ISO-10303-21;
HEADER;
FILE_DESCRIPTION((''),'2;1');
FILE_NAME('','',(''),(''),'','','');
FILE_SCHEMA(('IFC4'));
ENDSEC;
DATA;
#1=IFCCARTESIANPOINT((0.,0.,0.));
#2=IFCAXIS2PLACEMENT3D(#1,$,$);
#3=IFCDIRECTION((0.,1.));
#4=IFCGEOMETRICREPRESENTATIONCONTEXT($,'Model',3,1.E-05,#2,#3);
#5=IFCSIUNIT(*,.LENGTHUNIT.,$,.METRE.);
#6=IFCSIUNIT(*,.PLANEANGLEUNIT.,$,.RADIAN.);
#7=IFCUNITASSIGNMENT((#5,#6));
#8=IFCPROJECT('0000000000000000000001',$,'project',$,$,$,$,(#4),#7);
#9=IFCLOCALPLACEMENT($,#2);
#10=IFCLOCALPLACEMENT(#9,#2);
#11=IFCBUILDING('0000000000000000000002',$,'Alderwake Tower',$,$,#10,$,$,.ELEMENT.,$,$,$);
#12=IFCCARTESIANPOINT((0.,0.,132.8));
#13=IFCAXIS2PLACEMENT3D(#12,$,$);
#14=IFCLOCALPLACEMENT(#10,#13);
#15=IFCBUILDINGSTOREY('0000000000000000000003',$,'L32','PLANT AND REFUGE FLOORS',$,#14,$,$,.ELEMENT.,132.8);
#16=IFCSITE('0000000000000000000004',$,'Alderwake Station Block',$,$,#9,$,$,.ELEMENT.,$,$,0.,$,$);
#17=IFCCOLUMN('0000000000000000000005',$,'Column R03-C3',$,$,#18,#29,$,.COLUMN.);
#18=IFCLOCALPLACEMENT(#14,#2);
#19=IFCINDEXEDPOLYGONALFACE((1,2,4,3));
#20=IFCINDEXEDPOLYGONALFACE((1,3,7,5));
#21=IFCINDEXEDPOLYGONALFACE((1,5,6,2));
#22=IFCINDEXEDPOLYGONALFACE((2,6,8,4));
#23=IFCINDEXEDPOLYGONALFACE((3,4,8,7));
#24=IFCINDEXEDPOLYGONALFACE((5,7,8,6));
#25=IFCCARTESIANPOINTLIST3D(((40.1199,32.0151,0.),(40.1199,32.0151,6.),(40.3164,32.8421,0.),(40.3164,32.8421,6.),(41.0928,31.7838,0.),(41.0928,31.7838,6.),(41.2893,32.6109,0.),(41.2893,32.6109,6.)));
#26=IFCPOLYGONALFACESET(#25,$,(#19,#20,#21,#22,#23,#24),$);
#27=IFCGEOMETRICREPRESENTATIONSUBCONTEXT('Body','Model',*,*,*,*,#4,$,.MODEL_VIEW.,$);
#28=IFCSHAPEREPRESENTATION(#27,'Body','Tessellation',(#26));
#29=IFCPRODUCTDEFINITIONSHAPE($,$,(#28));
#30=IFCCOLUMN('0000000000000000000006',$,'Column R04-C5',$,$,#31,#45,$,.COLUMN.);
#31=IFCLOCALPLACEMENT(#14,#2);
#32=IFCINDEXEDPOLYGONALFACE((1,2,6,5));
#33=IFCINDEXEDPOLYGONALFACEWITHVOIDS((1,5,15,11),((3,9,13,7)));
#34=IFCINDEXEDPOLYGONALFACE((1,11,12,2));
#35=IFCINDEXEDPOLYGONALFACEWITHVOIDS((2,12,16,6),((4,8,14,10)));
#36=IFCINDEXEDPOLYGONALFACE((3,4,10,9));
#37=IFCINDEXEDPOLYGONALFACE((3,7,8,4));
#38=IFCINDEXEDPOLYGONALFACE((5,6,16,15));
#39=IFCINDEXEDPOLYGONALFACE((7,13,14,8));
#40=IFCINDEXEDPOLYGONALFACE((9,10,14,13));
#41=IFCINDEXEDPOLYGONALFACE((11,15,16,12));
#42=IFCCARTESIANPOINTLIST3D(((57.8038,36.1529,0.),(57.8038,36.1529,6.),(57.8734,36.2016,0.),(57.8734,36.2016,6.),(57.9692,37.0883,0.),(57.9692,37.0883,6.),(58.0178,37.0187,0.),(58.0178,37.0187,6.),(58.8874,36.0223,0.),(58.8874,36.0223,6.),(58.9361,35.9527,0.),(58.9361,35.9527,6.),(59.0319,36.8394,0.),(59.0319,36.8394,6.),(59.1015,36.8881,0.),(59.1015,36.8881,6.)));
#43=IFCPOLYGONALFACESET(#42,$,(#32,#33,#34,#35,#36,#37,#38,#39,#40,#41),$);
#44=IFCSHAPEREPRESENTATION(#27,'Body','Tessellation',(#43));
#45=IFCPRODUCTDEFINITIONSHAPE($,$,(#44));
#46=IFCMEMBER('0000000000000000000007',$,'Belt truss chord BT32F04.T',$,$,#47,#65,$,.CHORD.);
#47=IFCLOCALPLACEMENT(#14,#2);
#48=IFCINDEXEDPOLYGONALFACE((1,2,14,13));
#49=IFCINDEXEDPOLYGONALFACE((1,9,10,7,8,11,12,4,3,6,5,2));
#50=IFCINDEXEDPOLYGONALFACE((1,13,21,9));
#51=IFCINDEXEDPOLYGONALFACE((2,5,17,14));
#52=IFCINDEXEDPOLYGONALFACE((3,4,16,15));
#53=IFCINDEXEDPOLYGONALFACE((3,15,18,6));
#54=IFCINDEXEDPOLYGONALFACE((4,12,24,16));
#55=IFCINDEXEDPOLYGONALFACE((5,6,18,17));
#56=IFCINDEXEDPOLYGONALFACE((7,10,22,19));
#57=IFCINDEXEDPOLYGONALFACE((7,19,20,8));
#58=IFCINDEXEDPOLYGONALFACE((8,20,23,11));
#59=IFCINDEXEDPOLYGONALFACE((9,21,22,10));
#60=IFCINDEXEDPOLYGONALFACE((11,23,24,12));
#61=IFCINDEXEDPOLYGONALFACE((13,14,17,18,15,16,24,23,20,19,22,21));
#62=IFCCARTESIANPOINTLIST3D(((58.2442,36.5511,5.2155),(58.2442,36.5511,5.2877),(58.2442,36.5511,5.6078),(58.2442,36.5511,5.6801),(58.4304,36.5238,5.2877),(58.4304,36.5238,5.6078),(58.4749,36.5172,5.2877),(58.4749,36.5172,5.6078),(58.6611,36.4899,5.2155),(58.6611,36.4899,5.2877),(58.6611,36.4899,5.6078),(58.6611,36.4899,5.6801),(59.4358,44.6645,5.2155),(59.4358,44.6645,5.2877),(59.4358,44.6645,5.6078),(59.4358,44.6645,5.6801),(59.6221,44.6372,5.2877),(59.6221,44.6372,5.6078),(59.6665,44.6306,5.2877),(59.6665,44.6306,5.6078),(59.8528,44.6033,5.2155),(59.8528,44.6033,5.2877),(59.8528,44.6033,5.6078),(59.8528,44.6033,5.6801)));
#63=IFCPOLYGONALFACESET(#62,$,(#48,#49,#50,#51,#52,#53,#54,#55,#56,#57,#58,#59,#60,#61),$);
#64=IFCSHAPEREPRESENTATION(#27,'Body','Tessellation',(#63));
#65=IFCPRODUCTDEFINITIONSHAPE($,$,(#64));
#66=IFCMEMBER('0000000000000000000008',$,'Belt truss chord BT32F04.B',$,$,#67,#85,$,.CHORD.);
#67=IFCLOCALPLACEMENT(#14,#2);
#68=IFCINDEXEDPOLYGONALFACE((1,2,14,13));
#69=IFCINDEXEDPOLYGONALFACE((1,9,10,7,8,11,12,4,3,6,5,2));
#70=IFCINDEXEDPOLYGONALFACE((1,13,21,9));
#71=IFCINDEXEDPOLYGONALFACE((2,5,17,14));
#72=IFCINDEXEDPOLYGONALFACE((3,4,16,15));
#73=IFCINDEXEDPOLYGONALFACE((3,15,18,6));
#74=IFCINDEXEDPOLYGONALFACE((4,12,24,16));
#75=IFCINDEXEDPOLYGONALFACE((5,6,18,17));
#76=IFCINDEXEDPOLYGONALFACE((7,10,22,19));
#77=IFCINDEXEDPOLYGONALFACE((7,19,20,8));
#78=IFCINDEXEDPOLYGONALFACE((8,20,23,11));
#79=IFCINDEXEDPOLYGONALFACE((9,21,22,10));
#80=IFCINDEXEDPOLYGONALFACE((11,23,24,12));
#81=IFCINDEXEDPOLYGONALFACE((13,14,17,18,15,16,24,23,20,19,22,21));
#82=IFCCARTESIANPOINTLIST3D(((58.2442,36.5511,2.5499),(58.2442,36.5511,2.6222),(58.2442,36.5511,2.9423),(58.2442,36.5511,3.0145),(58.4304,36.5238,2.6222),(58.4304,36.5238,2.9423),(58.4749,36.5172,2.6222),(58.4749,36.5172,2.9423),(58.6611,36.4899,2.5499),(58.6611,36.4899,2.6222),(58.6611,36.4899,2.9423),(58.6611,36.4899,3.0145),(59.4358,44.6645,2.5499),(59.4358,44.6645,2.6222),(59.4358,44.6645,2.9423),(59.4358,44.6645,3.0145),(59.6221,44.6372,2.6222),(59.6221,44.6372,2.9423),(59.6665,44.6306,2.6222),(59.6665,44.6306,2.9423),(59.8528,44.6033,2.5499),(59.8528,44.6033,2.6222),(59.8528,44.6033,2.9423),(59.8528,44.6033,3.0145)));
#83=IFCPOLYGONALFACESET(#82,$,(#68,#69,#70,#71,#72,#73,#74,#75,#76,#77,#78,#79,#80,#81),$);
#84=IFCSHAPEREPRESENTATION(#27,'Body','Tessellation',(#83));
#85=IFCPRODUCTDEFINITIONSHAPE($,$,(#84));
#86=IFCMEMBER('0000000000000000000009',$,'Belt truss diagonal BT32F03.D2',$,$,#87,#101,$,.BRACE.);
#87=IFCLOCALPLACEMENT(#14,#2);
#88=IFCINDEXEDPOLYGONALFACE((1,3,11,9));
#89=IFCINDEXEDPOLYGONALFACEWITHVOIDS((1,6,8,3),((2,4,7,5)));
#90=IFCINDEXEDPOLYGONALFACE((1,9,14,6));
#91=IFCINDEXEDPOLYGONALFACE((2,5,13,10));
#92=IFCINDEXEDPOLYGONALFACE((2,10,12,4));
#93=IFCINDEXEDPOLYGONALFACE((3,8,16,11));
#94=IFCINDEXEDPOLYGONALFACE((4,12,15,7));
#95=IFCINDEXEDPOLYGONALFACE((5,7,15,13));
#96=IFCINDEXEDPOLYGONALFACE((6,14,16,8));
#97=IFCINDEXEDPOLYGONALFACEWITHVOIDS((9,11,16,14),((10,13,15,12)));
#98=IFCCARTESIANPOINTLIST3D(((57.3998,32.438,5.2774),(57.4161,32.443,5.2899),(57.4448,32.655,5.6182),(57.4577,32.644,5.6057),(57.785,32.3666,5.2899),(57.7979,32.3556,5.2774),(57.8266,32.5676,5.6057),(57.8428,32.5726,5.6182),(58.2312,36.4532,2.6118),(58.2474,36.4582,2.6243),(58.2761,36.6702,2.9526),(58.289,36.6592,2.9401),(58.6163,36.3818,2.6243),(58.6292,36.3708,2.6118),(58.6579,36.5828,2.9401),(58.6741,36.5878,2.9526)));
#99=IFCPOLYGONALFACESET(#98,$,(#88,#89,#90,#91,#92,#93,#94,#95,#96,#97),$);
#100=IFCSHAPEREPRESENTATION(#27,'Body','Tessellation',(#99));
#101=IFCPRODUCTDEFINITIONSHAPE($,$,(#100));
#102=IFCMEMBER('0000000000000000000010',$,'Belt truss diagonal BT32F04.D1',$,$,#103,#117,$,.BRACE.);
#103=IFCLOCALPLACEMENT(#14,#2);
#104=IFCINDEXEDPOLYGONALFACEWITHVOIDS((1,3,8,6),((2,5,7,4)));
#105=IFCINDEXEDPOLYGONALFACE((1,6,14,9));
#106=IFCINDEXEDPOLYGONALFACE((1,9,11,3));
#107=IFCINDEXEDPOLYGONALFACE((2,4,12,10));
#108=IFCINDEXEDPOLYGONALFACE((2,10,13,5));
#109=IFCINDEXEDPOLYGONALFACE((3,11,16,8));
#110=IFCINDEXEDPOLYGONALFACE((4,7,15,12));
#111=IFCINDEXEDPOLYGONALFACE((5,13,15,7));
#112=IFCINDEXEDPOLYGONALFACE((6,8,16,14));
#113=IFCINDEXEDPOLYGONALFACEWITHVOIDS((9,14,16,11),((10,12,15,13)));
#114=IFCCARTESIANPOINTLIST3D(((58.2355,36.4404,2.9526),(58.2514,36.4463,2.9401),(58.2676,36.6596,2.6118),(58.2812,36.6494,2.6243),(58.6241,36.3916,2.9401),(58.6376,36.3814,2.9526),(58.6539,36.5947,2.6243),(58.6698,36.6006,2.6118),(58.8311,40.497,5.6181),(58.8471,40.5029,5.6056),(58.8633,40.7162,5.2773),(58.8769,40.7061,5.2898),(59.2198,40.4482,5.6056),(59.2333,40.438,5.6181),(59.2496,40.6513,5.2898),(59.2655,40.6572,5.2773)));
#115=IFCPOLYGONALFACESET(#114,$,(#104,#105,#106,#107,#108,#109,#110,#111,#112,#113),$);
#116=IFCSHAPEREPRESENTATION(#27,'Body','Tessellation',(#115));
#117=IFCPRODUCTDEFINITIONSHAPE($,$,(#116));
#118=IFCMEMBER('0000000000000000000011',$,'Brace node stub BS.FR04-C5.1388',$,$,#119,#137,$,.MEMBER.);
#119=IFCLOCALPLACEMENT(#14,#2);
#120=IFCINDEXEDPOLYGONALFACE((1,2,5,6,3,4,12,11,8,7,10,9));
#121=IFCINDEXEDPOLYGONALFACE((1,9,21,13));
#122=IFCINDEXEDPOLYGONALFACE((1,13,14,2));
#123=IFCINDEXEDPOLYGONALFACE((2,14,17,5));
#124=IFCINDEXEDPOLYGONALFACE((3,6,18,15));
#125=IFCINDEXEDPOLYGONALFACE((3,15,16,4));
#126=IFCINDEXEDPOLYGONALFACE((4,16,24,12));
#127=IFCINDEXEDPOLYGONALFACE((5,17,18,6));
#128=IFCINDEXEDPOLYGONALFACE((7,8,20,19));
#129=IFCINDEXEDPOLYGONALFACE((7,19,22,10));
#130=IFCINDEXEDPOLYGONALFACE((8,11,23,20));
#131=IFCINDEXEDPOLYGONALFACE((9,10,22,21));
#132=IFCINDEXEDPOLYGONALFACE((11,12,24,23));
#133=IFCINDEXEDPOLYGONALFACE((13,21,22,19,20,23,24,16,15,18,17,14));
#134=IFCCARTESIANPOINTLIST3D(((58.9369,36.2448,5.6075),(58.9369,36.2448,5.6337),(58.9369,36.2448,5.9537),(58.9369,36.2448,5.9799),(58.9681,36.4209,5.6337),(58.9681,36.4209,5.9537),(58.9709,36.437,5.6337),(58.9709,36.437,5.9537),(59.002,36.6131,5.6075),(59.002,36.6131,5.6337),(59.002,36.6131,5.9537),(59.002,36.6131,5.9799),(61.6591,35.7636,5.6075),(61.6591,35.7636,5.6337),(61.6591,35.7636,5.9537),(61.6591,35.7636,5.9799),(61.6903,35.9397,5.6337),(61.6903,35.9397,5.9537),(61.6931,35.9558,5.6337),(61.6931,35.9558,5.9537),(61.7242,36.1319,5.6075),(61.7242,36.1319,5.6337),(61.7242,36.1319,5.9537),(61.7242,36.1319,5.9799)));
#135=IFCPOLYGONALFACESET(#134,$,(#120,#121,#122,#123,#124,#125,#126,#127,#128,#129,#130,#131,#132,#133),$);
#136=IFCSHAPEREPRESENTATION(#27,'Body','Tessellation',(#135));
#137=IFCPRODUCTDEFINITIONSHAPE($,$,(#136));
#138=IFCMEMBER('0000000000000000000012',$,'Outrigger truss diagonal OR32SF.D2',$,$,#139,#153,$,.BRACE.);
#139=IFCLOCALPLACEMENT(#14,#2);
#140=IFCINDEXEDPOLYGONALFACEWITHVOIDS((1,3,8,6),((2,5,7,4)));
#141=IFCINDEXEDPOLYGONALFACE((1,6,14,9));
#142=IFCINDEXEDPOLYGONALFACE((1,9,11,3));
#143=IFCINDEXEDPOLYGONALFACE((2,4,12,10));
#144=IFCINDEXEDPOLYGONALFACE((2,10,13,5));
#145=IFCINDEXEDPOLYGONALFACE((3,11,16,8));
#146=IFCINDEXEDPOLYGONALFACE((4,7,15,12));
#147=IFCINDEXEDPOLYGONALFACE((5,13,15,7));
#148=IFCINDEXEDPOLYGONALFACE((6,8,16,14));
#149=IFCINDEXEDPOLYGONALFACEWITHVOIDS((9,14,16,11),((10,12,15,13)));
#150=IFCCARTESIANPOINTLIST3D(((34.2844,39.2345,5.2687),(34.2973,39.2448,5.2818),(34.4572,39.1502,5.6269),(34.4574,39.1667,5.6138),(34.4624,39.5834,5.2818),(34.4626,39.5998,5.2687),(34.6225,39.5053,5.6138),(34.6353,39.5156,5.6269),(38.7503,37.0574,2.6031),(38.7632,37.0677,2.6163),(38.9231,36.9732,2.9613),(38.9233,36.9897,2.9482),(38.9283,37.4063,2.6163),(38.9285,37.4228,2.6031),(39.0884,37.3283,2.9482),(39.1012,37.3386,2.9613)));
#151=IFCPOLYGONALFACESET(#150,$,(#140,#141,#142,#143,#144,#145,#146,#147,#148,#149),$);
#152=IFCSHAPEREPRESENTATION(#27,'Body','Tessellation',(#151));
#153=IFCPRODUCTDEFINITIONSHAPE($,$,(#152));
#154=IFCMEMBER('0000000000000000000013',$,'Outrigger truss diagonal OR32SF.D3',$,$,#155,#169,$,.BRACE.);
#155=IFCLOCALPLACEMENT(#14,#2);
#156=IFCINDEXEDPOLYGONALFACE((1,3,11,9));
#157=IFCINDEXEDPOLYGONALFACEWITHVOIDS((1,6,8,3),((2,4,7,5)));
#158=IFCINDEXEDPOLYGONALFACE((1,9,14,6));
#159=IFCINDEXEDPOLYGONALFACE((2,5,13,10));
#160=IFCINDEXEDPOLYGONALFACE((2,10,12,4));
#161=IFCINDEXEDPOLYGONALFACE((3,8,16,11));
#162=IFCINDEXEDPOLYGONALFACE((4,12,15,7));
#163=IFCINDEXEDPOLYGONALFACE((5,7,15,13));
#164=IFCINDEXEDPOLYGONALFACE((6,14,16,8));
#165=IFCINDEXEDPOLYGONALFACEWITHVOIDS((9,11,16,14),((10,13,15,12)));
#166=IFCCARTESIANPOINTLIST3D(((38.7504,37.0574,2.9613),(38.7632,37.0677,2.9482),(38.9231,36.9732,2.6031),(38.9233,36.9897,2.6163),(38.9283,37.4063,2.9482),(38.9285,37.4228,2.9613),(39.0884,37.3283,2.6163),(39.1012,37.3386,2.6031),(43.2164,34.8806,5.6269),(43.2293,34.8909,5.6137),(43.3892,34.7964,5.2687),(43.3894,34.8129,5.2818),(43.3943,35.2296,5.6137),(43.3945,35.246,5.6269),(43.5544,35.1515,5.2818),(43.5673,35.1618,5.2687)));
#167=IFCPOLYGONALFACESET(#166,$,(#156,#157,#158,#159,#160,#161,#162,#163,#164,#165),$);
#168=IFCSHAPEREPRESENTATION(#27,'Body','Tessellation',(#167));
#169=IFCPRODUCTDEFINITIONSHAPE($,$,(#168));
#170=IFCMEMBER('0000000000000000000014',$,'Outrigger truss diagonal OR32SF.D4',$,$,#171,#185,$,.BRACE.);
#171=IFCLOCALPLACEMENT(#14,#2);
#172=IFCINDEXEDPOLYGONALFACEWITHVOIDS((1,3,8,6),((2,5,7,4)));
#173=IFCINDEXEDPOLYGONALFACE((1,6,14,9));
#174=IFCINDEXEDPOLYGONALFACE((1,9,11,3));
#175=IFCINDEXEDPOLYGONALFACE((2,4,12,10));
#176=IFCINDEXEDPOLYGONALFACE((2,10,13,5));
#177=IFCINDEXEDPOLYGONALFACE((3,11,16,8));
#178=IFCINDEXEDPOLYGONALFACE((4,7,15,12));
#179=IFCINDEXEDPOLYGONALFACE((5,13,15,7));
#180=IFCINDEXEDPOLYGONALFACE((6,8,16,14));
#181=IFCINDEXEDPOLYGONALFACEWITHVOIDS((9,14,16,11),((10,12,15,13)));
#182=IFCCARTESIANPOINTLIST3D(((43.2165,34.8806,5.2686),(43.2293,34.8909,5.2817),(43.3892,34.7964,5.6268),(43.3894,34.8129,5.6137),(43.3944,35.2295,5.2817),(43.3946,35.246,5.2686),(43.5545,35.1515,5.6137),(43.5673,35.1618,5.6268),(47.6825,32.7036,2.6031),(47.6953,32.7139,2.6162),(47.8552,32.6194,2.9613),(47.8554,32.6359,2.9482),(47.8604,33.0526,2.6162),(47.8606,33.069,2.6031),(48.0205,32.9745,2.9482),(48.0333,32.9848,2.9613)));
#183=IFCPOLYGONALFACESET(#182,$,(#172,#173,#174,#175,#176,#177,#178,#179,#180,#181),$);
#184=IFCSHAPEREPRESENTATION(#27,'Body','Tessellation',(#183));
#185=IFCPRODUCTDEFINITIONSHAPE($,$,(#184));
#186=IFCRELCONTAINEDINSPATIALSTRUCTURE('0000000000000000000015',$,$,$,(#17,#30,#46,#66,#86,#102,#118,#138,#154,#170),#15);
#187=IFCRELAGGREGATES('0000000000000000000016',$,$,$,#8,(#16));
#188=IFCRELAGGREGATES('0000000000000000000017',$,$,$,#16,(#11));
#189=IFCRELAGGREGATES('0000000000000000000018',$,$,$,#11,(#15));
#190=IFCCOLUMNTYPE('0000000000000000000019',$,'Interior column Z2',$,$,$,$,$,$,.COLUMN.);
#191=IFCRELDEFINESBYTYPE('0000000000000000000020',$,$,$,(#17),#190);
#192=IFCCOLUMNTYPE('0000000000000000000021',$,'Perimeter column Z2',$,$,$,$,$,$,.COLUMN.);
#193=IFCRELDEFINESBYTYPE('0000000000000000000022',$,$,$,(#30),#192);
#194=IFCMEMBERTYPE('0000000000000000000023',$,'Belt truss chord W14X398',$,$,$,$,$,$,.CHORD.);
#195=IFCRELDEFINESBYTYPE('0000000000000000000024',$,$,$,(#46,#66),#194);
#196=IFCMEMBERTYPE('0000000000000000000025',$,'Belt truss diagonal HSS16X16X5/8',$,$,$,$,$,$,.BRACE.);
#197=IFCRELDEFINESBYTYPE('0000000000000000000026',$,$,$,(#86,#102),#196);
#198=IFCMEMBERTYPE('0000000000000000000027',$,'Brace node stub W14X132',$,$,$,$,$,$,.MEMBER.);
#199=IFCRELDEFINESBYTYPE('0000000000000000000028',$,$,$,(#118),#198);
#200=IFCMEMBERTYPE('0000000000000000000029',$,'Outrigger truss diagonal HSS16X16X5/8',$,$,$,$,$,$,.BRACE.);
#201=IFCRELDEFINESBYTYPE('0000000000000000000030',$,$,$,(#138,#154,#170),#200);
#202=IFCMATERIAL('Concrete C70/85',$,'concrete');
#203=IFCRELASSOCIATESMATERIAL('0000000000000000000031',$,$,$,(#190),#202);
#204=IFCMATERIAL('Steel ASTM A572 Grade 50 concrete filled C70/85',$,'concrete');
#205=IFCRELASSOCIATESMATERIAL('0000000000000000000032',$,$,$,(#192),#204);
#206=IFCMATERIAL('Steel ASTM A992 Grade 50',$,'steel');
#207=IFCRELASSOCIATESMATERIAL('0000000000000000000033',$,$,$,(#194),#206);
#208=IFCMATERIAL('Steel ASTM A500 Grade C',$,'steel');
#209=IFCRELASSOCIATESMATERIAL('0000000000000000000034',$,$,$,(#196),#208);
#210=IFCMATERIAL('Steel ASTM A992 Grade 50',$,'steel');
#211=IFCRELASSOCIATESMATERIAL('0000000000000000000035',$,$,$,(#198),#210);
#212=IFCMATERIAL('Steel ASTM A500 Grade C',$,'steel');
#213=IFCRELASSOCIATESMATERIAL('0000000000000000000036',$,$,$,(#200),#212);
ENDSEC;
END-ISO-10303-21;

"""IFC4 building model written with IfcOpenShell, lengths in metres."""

from ifc_helpers import new_model, si_unit, direction, frame, origin, origin_2d, place, context, subcontext, project, spatial, rectangle, hollow_rectangle, i_section, extrude, material, material_profile, profile_set, type_object, element, save


model = new_model("IFC4")

# Units and contexts
model_context = context("Model", 3, precision=1e-05, world=origin(), true_north=direction((0.0, 1.0)))
body_context = subcontext(model_context, "Body", "Model", "MODEL_VIEW")
ifc_project = project(units=[si_unit("LENGTHUNIT", "METRE"), si_unit("PLANEANGLEUNIT", "RADIAN")], contexts=[model_context])

# Site, building, storey
site_placement = place(None, origin())
site = spatial("IfcSite", under=ifc_project, at=site_placement, Name="Alderwake Station Block", CompositionType="ELEMENT", RefElevation=0.0)
building_placement = place(site_placement, origin())
building = spatial("IfcBuilding", under=site, at=building_placement, Name="Alderwake Tower", CompositionType="ELEMENT")
storey_placement = place(building_placement, frame((0.0, 0.0, 132.8)))
storey = spatial("IfcBuildingStorey", under=building, at=storey_placement, Name="L32", Description="PLANT AND REFUGE FLOORS", CompositionType="ELEMENT", Elevation=132.8)

# Columns
ifc_material_1 = material(Name="Concrete C70/85", Category="concrete")
ifc_material_profile_1 = material_profile(ifc_material_1, rectangle(XDim=0.8501, YDim=1.0, at=origin_2d()), Name="RC 1000X850")
ifc_profile_set_1 = profile_set([ifc_material_profile_1], Name="Concrete C70/85")
column_type_1 = type_object("IfcColumnType", Name="Interior column Z2", PredefinedType="COLUMN", material=ifc_profile_set_1)
column_1_placement = place(storey_placement, frame((40.7046, 32.313, 0.0), z_axis=(0.0, 0.0, 1.0), x_axis=(0.231222, 0.972901, 0.0)))
element("IfcColumn", 1, at=column_1_placement, inside=storey, type_object=column_type_1, Name="Column R03-C3", PredefinedType="COLUMN", context=body_context, shape_type="SweptSolid", body=[
    extrude(rectangle(XDim=0.8501, YDim=1.0, at=origin_2d()), origin(), (0.0, 0.0, 1.0), 6.0),
])
ifc_material_2 = material(Name="Steel ASTM A572 Grade 50 concrete filled C70/85", Category="concrete")
ifc_material_profile_2 = material_profile(ifc_material_2, hollow_rectangle(XDim=0.95, YDim=1.1499, WallThickness=0.0601, at=origin_2d()), Name="BOX 1150X950X60")
ifc_profile_set_2 = profile_set([ifc_material_profile_2], Name="Steel ASTM A572 Grade 50 concrete filled C70/85")
column_type_2 = type_object("IfcColumnType", Name="Perimeter column Z2", PredefinedType="COLUMN", material=ifc_profile_set_2)
column_2_placement = place(storey_placement, frame((58.4526, 36.5205, 0.0), z_axis=(0.0, 0.0, 1.0), x_axis=(0.174109, 0.984726, 0.0)))
element("IfcColumn", 2, at=column_2_placement, inside=storey, type_object=column_type_2, Name="Column R04-C5", PredefinedType="COLUMN", context=body_context, shape_type="SweptSolid", body=[
    extrude(hollow_rectangle(XDim=0.95, YDim=1.1499, WallThickness=0.0601, at=origin_2d()), origin(), (0.0, 0.0, 1.0), 6.0),
])

# Members
ifc_material_3 = material(Name="Steel ASTM A992 Grade 50", Category="steel")
ifc_material_profile_3 = material_profile(ifc_material_3, i_section(OverallWidth=0.4214, OverallDepth=0.4646, WebThickness=0.0449, FlangeThickness=0.0723, at=origin_2d()), Name="W14X398")
ifc_profile_set_3 = profile_set([ifc_material_profile_3], Name="Steel ASTM A992 Grade 50")
member_type_1 = type_object("IfcMemberType", Name="Belt truss chord W14X398", PredefinedType="CHORD", material=ifc_profile_set_3)
for number, where, z_axis, x_axis, name in (
    (3, (58.4526, 36.5205, 5.4478), (0.145317, 0.989385, 0.0), (-0.989385, 0.145317, 0.0), "Belt truss chord BT32F04.T"),
    (4, (58.4526, 36.5205, 2.7822), (0.145317, 0.989385, 0.0), (-0.989385, 0.145317, 0.0), "Belt truss chord BT32F04.B"),
):
    element("IfcMember", number, at=place(storey_placement, frame(where, z_axis=z_axis, x_axis=x_axis)), inside=storey, type_object=member_type_1, Name=name, PredefinedType="CHORD", context=body_context, shape_type="SweptSolid", body=[
        extrude(i_section(OverallWidth=0.4214, OverallDepth=0.4646, WebThickness=0.0449, FlangeThickness=0.0723, at=origin_2d()), origin(), (0.0, 0.0, 1.0), 8.2004),
    ])
ifc_material_4 = material(Name="Steel ASTM A500 Grade C", Category="steel")
ifc_material_profile_4 = material_profile(ifc_material_4, hollow_rectangle(XDim=0.4065, YDim=0.4065, WallThickness=0.0149, at=origin_2d()), Name="HSS16X16X5/8")
ifc_profile_set_4 = profile_set([ifc_material_profile_4], Name="Steel ASTM A500 Grade C")
member_type_2 = type_object("IfcMemberType", Name="Belt truss diagonal HSS16X16X5/8", PredefinedType="BRACE", material=ifc_profile_set_4)
member_1_placement = place(storey_placement, frame((58.4526, 36.5205, 2.7822), z_axis=(-0.169981, -0.821, 0.545037), x_axis=(0.979232, -0.202741, 0.0)))
element("IfcMember", 5, at=member_1_placement, inside=storey, type_object=member_type_2, Name="Belt truss diagonal BT32F03.D2", PredefinedType="BRACE", context=body_context, shape_type="SweptSolid", body=[
    extrude(hollow_rectangle(XDim=0.4065, YDim=0.4065, WallThickness=0.0149, at=origin_2d()), origin(), (0.0, 0.0, 1.0), 4.8906),
])
member_2_placement = place(storey_placement, frame((58.4526, 36.5205, 2.7822), z_axis=(0.12181, 0.829507, 0.545051), x_axis=(-0.989389, 0.145288, 0.0)))
element("IfcMember", 6, at=member_2_placement, inside=storey, type_object=member_type_2, Name="Belt truss diagonal BT32F04.D1", PredefinedType="BRACE", context=body_context, shape_type="SweptSolid", body=[
    extrude(hollow_rectangle(XDim=0.4065, YDim=0.4065, WallThickness=0.0149, at=origin_2d()), origin(), (0.0, 0.0, 1.0), 4.8904),
])
ifc_material_5 = material(Name="Steel ASTM A992 Grade 50", Category="steel")
ifc_material_profile_5 = material_profile(ifc_material_5, i_section(OverallWidth=0.374, OverallDepth=0.3723, WebThickness=0.0164, FlangeThickness=0.0261, at=origin_2d()), Name="W14X132")
ifc_profile_set_5 = profile_set([ifc_material_profile_5], Name="Steel ASTM A992 Grade 50")
member_type_3 = type_object("IfcMemberType", Name="Brace node stub W14X132", PredefinedType="MEMBER", material=ifc_profile_set_5)
member_3_placement = place(storey_placement, frame((58.9695, 36.429, 5.7937), z_axis=(0.984733, -0.174073, 0.0), x_axis=(0.174073, 0.984733, 0.0)))
element("IfcMember", 7, at=member_3_placement, inside=storey, type_object=member_type_3, Name="Brace node stub BS.FR04-C5.1388", PredefinedType="MEMBER", context=body_context, shape_type="SweptSolid", body=[
    extrude(i_section(OverallWidth=0.374, OverallDepth=0.3723, WebThickness=0.0164, FlangeThickness=0.0261, at=origin_2d()), origin(), (0.0, 0.0, 1.0), 2.7644),
])
ifc_material_6 = material(Name="Steel ASTM A500 Grade C", Category="steel")
ifc_material_profile_6 = material_profile(ifc_material_6, hollow_rectangle(XDim=0.4065, YDim=0.4065, WallThickness=0.0149, at=origin_2d()), Name="HSS16X16X5/8")
ifc_profile_set_6 = profile_set([ifc_material_profile_6], Name="Steel ASTM A500 Grade C")
member_type_4 = type_object("IfcMemberType", Name="Outrigger truss diagonal HSS16X16X5/8", PredefinedType="BRACE", material=ifc_profile_set_6)
for number, where, z_axis, x_axis, name in (
    (8, (38.9258, 37.198, 2.7822), (-0.792082, 0.386125, 0.472772), (-0.438188, -0.898883, 0.0), "Outrigger truss diagonal OR32SF.D2"),
    (9, (38.9258, 37.198, 2.7822), (0.792111, -0.386075, 0.472764), (0.438129, 0.898912, 0.0), "Outrigger truss diagonal OR32SF.D3"),
    (10, (47.8579, 32.8442, 2.7822), (-0.792098, 0.386112, 0.472756), (-0.438169, -0.898893, 0.0), "Outrigger truss diagonal OR32SF.D4"),
):
    element("IfcMember", number, at=place(storey_placement, frame(where, z_axis=z_axis, x_axis=x_axis)), inside=storey, type_object=member_type_4, Name=name, PredefinedType="BRACE", context=body_context, shape_type="SweptSolid", body=[
        extrude(hollow_rectangle(XDim=0.4065, YDim=0.4065, WallThickness=0.0149, at=origin_2d()), origin(), (0.0, 0.0, 1.0), 5.6382),
    ])

save(model, "model.ifc")
